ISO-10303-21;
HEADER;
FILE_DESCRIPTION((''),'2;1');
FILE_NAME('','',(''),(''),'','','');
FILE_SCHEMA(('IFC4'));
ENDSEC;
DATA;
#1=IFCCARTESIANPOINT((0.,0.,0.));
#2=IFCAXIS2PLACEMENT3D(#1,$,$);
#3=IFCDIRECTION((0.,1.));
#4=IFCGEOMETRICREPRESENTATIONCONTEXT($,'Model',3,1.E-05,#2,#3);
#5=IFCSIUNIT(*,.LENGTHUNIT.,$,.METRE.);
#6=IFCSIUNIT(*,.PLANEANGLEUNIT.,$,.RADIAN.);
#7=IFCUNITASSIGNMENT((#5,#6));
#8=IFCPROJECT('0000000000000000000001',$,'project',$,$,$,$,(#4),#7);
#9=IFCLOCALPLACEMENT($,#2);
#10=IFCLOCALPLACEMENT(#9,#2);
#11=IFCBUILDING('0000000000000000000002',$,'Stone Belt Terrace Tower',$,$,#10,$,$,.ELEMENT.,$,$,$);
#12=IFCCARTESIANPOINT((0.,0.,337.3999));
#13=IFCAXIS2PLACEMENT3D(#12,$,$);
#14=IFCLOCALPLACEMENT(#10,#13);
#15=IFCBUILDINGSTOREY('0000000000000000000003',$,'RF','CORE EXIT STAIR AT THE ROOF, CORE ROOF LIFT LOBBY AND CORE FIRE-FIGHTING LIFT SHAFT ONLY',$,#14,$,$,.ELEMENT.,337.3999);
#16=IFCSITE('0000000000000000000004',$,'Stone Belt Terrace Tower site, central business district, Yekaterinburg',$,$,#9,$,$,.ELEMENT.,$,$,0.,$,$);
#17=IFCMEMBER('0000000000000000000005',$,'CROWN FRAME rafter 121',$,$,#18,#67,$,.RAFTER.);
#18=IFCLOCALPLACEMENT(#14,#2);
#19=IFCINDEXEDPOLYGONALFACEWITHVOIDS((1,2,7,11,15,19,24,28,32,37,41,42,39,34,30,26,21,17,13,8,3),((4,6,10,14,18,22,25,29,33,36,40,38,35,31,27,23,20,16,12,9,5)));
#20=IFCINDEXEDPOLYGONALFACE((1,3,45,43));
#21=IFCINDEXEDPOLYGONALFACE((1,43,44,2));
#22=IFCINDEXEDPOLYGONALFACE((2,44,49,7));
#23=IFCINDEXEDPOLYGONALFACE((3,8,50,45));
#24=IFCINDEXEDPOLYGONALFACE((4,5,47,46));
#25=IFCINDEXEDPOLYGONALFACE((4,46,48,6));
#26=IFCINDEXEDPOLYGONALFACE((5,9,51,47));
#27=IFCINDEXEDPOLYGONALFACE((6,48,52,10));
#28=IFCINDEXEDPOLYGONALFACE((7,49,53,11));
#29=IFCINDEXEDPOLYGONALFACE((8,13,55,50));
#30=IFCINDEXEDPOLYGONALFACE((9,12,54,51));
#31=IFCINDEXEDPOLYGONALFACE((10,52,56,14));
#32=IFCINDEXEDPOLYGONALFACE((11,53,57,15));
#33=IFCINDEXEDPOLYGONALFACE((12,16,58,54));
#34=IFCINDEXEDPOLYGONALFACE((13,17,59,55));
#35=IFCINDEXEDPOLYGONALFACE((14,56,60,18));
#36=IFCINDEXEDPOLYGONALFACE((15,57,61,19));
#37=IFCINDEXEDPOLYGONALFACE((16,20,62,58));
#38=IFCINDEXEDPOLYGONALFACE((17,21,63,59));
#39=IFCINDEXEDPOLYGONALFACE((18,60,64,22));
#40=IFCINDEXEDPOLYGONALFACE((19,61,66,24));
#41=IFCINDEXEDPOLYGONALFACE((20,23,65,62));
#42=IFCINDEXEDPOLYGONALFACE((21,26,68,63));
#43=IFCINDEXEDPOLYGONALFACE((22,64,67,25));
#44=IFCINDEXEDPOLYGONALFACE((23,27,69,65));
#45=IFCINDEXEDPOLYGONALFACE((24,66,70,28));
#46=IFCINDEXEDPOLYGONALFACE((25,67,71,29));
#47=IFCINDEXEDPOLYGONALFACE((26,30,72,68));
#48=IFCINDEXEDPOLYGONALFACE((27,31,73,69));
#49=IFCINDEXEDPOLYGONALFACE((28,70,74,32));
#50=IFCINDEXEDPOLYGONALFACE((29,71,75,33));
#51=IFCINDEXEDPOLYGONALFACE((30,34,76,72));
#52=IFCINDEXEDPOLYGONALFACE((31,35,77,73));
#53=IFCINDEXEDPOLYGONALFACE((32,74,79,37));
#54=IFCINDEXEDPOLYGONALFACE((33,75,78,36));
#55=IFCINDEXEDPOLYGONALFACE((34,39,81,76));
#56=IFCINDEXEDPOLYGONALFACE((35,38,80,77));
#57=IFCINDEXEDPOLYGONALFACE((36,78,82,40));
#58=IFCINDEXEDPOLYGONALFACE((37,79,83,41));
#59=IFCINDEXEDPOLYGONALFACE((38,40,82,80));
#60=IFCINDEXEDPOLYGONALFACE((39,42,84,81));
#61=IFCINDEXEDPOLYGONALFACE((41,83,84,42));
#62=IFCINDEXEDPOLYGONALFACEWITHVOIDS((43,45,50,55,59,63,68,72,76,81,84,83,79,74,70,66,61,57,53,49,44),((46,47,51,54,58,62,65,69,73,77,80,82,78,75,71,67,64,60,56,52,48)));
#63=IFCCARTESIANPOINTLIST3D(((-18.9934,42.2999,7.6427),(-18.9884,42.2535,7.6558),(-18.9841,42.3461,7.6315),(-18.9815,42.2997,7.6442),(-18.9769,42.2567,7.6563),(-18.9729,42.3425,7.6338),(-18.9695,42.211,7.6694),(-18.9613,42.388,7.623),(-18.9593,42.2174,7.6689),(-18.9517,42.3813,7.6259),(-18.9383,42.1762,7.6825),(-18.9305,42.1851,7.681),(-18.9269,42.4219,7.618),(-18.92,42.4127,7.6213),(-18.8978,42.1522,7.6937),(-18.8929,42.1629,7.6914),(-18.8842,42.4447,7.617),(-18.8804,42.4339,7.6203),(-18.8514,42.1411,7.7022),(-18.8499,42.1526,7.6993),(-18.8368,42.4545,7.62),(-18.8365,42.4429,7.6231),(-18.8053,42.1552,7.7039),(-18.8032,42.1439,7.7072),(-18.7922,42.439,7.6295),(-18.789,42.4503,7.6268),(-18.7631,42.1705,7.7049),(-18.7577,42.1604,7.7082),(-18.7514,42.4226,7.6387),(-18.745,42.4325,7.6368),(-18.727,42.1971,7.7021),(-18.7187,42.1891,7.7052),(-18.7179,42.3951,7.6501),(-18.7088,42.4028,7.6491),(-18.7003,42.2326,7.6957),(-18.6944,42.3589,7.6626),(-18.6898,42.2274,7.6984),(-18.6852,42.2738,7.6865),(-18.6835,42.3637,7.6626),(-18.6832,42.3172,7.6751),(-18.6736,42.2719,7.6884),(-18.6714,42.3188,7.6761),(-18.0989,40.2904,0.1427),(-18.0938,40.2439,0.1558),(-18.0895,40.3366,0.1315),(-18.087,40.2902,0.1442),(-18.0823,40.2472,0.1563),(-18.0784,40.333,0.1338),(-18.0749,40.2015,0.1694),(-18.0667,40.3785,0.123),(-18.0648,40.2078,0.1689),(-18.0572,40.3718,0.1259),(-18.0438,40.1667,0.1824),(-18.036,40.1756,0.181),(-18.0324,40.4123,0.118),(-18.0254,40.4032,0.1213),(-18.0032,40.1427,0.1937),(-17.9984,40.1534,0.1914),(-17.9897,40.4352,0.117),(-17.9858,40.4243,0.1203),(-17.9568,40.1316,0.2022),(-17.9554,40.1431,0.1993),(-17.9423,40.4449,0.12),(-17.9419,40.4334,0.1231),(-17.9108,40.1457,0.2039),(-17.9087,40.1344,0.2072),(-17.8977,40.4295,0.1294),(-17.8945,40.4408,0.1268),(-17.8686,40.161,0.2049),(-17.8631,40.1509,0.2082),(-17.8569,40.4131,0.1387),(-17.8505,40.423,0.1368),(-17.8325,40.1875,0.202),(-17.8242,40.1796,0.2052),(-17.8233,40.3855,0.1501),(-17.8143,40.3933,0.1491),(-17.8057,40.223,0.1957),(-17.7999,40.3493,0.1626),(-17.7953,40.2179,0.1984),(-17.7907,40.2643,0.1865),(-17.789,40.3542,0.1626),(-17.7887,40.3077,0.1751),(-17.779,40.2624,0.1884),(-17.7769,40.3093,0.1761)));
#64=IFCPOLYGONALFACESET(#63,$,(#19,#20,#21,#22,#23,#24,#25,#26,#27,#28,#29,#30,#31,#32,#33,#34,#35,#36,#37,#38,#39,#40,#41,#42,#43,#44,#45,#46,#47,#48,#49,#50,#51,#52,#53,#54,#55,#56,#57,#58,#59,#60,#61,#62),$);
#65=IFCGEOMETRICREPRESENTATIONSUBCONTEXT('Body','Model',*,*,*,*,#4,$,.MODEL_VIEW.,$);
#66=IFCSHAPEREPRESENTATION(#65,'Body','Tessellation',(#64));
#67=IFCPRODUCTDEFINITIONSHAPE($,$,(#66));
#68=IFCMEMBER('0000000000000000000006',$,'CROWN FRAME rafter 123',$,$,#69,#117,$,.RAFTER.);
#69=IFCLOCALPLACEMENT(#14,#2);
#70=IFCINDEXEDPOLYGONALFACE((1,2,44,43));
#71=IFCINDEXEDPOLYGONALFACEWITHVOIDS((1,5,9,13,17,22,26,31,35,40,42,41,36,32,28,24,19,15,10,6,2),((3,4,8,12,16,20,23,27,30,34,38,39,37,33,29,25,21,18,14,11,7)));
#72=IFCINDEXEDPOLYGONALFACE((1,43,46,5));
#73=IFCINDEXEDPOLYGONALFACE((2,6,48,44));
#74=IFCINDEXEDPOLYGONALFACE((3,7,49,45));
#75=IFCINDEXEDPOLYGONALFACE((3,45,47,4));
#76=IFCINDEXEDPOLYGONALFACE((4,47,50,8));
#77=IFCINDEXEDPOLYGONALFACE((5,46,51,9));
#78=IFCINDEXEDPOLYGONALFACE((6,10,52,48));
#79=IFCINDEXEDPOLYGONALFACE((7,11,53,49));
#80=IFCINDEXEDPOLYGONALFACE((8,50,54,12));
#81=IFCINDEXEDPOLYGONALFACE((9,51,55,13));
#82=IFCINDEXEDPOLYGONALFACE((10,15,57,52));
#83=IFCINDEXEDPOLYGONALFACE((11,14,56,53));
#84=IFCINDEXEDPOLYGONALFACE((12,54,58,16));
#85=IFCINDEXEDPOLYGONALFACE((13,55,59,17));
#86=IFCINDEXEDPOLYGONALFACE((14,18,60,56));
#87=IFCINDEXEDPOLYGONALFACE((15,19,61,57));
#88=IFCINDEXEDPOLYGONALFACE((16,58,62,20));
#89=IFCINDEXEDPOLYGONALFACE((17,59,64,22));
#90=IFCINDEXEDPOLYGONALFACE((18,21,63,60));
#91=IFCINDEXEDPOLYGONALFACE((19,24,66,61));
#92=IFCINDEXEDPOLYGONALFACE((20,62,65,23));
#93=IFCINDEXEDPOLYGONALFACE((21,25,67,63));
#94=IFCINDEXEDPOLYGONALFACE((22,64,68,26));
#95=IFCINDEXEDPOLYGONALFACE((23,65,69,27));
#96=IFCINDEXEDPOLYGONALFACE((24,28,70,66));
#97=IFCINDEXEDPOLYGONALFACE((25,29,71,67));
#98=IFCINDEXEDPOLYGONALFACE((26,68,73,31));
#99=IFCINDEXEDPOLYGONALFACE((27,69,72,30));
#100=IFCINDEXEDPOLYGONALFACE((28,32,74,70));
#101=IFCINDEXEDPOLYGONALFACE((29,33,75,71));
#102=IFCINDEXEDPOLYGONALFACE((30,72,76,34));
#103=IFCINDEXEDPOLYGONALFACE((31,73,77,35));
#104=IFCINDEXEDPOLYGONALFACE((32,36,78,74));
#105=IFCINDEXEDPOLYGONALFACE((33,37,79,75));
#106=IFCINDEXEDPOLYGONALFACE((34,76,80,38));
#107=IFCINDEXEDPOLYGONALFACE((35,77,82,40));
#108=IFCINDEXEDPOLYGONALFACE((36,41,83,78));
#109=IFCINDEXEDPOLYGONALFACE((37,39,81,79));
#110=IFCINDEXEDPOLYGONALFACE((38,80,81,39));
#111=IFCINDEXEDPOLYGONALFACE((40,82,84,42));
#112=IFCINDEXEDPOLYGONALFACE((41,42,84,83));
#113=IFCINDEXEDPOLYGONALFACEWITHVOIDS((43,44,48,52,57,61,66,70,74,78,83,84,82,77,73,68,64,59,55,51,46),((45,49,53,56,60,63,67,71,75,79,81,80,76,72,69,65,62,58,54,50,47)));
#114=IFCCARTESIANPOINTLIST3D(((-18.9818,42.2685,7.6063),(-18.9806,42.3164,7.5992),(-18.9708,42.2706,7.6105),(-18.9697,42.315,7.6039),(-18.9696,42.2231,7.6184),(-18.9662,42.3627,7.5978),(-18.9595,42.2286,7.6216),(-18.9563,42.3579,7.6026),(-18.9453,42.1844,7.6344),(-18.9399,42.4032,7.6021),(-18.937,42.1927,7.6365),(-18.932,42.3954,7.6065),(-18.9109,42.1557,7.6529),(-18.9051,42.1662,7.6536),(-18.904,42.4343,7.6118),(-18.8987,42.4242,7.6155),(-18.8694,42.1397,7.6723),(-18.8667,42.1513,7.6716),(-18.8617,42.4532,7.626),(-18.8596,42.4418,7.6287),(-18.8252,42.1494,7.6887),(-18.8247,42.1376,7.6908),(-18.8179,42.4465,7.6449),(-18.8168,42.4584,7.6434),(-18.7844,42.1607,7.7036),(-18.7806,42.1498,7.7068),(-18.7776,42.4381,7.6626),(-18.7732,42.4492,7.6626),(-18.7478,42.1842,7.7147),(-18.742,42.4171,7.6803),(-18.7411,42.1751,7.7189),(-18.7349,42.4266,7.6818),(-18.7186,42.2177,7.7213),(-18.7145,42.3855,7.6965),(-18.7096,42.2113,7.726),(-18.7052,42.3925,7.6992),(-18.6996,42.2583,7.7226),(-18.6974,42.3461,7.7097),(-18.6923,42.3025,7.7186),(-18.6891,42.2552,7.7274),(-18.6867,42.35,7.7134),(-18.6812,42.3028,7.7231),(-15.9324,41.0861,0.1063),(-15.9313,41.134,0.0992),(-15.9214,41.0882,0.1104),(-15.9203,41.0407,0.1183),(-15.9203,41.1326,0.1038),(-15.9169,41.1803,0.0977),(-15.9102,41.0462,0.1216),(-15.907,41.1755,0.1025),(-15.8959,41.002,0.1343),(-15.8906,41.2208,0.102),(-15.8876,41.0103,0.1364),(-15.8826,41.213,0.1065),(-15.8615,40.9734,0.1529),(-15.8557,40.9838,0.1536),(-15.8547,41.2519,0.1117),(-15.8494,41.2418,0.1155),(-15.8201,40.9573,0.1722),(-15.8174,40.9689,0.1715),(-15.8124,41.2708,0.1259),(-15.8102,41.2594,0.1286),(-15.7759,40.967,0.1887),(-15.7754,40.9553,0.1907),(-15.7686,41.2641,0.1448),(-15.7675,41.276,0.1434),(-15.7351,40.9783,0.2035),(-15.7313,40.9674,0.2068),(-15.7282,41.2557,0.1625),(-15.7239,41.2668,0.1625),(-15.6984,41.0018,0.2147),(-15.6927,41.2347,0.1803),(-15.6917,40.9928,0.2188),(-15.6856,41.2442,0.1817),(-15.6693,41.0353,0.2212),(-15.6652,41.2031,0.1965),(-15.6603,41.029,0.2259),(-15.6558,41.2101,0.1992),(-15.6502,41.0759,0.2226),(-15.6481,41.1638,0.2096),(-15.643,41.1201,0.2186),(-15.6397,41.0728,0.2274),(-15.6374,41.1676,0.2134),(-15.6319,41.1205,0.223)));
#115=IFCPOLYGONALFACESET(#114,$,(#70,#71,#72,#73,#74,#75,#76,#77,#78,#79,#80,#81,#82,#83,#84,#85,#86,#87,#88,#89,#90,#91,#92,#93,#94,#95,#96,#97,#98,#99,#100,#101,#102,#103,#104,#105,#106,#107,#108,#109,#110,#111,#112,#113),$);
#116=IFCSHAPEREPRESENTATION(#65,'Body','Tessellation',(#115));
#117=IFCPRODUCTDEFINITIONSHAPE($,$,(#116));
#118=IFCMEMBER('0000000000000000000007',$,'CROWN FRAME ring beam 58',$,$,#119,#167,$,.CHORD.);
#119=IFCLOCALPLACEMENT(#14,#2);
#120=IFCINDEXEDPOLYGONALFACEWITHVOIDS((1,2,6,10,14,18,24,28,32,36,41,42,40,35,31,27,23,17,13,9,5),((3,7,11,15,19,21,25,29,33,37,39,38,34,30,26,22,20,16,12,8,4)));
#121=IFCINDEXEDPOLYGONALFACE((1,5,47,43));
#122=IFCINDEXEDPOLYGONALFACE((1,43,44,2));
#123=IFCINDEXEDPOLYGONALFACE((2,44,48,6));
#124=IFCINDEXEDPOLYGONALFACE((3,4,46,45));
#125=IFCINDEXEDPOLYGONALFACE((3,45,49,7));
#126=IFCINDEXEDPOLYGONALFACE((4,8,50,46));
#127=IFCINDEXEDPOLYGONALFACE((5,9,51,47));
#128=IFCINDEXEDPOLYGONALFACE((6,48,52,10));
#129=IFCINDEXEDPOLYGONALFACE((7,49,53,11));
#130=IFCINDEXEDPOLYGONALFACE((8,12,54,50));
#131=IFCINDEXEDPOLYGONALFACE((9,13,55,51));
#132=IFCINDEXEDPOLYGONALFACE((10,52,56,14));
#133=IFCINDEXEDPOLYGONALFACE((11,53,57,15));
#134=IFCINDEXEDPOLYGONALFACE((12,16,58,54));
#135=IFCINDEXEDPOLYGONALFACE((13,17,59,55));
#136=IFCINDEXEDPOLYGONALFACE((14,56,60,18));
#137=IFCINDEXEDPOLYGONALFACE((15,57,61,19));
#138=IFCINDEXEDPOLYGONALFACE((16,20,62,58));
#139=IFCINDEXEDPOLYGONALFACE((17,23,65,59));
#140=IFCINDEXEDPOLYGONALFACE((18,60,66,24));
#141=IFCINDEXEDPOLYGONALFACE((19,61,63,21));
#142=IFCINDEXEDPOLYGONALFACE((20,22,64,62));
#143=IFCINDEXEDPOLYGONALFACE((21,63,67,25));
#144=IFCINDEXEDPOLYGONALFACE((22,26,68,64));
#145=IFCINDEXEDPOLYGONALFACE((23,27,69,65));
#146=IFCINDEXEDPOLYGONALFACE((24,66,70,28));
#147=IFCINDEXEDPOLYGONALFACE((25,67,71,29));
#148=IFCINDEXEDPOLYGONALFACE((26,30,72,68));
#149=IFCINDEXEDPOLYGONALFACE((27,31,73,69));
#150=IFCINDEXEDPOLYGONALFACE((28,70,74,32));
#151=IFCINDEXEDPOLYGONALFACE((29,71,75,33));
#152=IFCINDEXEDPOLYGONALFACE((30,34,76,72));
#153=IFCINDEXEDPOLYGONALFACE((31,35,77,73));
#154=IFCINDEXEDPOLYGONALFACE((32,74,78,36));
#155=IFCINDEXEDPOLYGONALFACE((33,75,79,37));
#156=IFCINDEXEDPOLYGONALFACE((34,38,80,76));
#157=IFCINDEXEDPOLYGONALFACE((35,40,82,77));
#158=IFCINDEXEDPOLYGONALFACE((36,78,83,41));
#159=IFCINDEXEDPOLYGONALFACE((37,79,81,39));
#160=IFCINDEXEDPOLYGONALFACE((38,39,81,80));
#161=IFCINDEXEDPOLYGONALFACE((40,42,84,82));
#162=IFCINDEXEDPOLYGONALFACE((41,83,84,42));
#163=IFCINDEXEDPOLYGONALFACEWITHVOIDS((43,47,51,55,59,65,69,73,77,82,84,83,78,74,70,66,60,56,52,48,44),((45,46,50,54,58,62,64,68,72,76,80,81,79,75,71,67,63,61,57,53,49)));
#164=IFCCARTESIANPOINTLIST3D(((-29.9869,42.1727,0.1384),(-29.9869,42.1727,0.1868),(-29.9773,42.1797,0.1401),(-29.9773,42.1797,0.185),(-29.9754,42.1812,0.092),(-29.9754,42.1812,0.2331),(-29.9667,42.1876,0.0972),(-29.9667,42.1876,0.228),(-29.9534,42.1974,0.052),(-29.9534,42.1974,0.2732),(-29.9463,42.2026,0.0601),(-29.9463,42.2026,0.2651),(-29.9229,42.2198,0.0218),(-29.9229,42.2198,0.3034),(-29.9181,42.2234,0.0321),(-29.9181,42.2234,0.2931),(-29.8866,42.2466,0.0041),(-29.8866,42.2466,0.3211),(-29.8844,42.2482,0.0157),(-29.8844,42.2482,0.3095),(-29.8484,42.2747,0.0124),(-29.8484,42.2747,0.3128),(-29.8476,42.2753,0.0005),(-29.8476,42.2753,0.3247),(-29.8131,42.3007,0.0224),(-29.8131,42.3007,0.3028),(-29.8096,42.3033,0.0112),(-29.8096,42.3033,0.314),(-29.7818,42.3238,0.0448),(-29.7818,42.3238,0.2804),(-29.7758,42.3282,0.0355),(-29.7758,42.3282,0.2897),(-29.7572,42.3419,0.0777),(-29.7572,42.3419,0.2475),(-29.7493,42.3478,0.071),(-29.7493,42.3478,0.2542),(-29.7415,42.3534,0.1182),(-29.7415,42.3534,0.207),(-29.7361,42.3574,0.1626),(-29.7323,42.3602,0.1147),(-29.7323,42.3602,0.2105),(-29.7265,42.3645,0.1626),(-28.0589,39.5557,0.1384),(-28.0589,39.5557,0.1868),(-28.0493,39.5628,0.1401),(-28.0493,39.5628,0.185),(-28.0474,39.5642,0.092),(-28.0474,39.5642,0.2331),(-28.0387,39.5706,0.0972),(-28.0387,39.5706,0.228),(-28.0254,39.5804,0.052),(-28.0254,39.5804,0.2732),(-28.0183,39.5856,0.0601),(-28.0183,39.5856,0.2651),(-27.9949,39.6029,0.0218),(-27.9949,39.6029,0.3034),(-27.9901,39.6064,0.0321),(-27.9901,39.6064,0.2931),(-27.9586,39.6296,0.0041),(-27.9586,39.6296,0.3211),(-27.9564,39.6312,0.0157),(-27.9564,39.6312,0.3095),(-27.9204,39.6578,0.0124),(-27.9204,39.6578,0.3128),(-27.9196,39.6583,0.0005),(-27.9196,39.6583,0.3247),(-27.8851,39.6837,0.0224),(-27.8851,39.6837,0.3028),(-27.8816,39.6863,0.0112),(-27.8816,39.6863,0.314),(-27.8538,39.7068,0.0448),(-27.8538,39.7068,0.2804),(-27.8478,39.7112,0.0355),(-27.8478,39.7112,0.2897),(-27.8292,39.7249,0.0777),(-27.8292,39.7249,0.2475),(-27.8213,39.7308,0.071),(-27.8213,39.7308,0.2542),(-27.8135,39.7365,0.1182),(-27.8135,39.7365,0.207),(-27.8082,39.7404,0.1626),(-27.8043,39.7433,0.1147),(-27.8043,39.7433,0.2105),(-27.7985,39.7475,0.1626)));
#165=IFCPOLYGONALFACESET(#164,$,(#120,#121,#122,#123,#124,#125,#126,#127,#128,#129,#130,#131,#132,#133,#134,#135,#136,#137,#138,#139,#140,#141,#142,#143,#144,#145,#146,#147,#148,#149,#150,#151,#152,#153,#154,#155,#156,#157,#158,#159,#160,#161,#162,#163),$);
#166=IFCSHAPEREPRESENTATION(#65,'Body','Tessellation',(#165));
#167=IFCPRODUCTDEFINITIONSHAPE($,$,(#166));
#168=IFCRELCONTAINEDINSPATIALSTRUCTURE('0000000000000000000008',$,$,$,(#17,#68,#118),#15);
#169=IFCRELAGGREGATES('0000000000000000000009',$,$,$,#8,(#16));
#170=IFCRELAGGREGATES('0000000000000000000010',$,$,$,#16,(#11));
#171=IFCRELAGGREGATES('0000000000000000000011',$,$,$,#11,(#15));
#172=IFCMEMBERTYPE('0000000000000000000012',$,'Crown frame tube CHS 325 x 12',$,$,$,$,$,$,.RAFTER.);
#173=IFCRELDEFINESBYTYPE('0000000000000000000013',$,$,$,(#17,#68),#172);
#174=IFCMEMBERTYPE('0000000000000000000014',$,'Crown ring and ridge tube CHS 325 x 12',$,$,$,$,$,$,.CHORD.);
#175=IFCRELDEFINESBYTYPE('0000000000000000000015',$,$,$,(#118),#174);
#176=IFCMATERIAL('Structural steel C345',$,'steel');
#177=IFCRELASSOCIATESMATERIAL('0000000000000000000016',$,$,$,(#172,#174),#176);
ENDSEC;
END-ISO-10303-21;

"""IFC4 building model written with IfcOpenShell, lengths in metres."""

from ifc_helpers import new_model, si_unit, direction, frame, origin, origin_2d, place, context, subcontext, project, spatial, hollow_circle, extrude, material, material_profile, profile_set, type_object, element, save


model = new_model("IFC4")

# Units and contexts
model_context = context("Model", 3, precision=1e-05, world=origin(), true_north=direction((0.0, 1.0)))
body_context = subcontext(model_context, "Body", "Model", "MODEL_VIEW")
ifc_project = project(units=[si_unit("LENGTHUNIT", "METRE"), si_unit("PLANEANGLEUNIT", "RADIAN")], contexts=[model_context])

# Site, building, storey
site_placement = place(None, origin())
site = spatial("IfcSite", under=ifc_project, at=site_placement, Name="Stone Belt Terrace Tower site, central business district, Yekaterinburg", CompositionType="ELEMENT", RefElevation=0.0)
building_placement = place(site_placement, origin())
building = spatial("IfcBuilding", under=site, at=building_placement, Name="Stone Belt Terrace Tower", CompositionType="ELEMENT")
storey_placement = place(building_placement, frame((0.0, 0.0, 337.3999)))
storey = spatial("IfcBuildingStorey", under=building, at=storey_placement, Name="RF", Description="CORE EXIT STAIR AT THE ROOF, CORE ROOF LIFT LOBBY AND CORE FIRE-FIGHTING LIFT SHAFT ONLY", CompositionType="ELEMENT", Elevation=337.3999)

# Members
ifc_material_1 = material(Name="Structural steel C345", Category="steel")
ifc_material_profile_1 = material_profile(ifc_material_1, hollow_circle(Radius=0.1626, WallThickness=0.012, at=origin_2d()), Name="Structural steel C345 CHS 325x12")
ifc_profile_set_1 = profile_set([ifc_material_profile_1], Name="Structural steel C345")
member_type_1 = type_object("IfcMemberType", Name="Crown frame tube CHS 325 x 12", PredefinedType="RAFTER", material=ifc_profile_set_1)
member_1_placement = place(storey_placement, frame((-18.832, 42.2976, 7.6626), z_axis=(0.11445, -0.257107, -0.959582), x_axis=(0.913573, 0.406674, 0.0)))
element("IfcMember", 1, at=member_1_placement, inside=storey, type_object=member_type_1, Name="CROWN FRAME rafter 121", PredefinedType="RAFTER", context=body_context, shape_type="SweptSolid", body=[
    extrude(hollow_circle(Radius=0.1626, WallThickness=0.012, at=origin_2d()), origin(), (0.0, 0.0, 1.0), 7.8159),
])
member_2_placement = place(storey_placement, frame((-18.832, 42.2976, 7.6626), z_axis=(0.372683, -0.144508, -0.916638), x_axis=(0.361524, 0.932363, 0.0)))
element("IfcMember", 2, at=member_2_placement, inside=storey, type_object=member_type_1, Name="CROWN FRAME rafter 123", PredefinedType="RAFTER", context=body_context, shape_type="SweptSolid", body=[
    extrude(hollow_circle(Radius=0.1626, WallThickness=0.012, at=origin_2d()), origin(), (0.0, 0.0, 1.0), 8.1821),
])
ifc_material_profile_2 = material_profile(ifc_material_1, hollow_circle(Radius=0.1626, WallThickness=0.012, at=origin_2d()), Name="Structural steel C345 CHS 325x12")
ifc_profile_set_2 = profile_set([ifc_material_profile_2], Name="Structural steel C345")
member_type_2 = type_object("IfcMemberType", Name="Crown ring and ridge tube CHS 325 x 12", PredefinedType="CHORD", material=ifc_profile_set_2)
member_3_placement = place(storey_placement, frame((-29.8574, 42.2681, 0.1626), z_axis=(0.59314, -0.805099, 0.0), x_axis=(0.805099, 0.59314, 0.0)))
element("IfcMember", 3, at=member_3_placement, inside=storey, type_object=member_type_2, Name="CROWN FRAME ring beam 58", PredefinedType="CHORD", context=body_context, shape_type="SweptSolid", body=[
    extrude(hollow_circle(Radius=0.1626, WallThickness=0.012, at=origin_2d()), origin(), (0.0, 0.0, 1.0), 3.2505),
])

save(model, "model.ifc")
